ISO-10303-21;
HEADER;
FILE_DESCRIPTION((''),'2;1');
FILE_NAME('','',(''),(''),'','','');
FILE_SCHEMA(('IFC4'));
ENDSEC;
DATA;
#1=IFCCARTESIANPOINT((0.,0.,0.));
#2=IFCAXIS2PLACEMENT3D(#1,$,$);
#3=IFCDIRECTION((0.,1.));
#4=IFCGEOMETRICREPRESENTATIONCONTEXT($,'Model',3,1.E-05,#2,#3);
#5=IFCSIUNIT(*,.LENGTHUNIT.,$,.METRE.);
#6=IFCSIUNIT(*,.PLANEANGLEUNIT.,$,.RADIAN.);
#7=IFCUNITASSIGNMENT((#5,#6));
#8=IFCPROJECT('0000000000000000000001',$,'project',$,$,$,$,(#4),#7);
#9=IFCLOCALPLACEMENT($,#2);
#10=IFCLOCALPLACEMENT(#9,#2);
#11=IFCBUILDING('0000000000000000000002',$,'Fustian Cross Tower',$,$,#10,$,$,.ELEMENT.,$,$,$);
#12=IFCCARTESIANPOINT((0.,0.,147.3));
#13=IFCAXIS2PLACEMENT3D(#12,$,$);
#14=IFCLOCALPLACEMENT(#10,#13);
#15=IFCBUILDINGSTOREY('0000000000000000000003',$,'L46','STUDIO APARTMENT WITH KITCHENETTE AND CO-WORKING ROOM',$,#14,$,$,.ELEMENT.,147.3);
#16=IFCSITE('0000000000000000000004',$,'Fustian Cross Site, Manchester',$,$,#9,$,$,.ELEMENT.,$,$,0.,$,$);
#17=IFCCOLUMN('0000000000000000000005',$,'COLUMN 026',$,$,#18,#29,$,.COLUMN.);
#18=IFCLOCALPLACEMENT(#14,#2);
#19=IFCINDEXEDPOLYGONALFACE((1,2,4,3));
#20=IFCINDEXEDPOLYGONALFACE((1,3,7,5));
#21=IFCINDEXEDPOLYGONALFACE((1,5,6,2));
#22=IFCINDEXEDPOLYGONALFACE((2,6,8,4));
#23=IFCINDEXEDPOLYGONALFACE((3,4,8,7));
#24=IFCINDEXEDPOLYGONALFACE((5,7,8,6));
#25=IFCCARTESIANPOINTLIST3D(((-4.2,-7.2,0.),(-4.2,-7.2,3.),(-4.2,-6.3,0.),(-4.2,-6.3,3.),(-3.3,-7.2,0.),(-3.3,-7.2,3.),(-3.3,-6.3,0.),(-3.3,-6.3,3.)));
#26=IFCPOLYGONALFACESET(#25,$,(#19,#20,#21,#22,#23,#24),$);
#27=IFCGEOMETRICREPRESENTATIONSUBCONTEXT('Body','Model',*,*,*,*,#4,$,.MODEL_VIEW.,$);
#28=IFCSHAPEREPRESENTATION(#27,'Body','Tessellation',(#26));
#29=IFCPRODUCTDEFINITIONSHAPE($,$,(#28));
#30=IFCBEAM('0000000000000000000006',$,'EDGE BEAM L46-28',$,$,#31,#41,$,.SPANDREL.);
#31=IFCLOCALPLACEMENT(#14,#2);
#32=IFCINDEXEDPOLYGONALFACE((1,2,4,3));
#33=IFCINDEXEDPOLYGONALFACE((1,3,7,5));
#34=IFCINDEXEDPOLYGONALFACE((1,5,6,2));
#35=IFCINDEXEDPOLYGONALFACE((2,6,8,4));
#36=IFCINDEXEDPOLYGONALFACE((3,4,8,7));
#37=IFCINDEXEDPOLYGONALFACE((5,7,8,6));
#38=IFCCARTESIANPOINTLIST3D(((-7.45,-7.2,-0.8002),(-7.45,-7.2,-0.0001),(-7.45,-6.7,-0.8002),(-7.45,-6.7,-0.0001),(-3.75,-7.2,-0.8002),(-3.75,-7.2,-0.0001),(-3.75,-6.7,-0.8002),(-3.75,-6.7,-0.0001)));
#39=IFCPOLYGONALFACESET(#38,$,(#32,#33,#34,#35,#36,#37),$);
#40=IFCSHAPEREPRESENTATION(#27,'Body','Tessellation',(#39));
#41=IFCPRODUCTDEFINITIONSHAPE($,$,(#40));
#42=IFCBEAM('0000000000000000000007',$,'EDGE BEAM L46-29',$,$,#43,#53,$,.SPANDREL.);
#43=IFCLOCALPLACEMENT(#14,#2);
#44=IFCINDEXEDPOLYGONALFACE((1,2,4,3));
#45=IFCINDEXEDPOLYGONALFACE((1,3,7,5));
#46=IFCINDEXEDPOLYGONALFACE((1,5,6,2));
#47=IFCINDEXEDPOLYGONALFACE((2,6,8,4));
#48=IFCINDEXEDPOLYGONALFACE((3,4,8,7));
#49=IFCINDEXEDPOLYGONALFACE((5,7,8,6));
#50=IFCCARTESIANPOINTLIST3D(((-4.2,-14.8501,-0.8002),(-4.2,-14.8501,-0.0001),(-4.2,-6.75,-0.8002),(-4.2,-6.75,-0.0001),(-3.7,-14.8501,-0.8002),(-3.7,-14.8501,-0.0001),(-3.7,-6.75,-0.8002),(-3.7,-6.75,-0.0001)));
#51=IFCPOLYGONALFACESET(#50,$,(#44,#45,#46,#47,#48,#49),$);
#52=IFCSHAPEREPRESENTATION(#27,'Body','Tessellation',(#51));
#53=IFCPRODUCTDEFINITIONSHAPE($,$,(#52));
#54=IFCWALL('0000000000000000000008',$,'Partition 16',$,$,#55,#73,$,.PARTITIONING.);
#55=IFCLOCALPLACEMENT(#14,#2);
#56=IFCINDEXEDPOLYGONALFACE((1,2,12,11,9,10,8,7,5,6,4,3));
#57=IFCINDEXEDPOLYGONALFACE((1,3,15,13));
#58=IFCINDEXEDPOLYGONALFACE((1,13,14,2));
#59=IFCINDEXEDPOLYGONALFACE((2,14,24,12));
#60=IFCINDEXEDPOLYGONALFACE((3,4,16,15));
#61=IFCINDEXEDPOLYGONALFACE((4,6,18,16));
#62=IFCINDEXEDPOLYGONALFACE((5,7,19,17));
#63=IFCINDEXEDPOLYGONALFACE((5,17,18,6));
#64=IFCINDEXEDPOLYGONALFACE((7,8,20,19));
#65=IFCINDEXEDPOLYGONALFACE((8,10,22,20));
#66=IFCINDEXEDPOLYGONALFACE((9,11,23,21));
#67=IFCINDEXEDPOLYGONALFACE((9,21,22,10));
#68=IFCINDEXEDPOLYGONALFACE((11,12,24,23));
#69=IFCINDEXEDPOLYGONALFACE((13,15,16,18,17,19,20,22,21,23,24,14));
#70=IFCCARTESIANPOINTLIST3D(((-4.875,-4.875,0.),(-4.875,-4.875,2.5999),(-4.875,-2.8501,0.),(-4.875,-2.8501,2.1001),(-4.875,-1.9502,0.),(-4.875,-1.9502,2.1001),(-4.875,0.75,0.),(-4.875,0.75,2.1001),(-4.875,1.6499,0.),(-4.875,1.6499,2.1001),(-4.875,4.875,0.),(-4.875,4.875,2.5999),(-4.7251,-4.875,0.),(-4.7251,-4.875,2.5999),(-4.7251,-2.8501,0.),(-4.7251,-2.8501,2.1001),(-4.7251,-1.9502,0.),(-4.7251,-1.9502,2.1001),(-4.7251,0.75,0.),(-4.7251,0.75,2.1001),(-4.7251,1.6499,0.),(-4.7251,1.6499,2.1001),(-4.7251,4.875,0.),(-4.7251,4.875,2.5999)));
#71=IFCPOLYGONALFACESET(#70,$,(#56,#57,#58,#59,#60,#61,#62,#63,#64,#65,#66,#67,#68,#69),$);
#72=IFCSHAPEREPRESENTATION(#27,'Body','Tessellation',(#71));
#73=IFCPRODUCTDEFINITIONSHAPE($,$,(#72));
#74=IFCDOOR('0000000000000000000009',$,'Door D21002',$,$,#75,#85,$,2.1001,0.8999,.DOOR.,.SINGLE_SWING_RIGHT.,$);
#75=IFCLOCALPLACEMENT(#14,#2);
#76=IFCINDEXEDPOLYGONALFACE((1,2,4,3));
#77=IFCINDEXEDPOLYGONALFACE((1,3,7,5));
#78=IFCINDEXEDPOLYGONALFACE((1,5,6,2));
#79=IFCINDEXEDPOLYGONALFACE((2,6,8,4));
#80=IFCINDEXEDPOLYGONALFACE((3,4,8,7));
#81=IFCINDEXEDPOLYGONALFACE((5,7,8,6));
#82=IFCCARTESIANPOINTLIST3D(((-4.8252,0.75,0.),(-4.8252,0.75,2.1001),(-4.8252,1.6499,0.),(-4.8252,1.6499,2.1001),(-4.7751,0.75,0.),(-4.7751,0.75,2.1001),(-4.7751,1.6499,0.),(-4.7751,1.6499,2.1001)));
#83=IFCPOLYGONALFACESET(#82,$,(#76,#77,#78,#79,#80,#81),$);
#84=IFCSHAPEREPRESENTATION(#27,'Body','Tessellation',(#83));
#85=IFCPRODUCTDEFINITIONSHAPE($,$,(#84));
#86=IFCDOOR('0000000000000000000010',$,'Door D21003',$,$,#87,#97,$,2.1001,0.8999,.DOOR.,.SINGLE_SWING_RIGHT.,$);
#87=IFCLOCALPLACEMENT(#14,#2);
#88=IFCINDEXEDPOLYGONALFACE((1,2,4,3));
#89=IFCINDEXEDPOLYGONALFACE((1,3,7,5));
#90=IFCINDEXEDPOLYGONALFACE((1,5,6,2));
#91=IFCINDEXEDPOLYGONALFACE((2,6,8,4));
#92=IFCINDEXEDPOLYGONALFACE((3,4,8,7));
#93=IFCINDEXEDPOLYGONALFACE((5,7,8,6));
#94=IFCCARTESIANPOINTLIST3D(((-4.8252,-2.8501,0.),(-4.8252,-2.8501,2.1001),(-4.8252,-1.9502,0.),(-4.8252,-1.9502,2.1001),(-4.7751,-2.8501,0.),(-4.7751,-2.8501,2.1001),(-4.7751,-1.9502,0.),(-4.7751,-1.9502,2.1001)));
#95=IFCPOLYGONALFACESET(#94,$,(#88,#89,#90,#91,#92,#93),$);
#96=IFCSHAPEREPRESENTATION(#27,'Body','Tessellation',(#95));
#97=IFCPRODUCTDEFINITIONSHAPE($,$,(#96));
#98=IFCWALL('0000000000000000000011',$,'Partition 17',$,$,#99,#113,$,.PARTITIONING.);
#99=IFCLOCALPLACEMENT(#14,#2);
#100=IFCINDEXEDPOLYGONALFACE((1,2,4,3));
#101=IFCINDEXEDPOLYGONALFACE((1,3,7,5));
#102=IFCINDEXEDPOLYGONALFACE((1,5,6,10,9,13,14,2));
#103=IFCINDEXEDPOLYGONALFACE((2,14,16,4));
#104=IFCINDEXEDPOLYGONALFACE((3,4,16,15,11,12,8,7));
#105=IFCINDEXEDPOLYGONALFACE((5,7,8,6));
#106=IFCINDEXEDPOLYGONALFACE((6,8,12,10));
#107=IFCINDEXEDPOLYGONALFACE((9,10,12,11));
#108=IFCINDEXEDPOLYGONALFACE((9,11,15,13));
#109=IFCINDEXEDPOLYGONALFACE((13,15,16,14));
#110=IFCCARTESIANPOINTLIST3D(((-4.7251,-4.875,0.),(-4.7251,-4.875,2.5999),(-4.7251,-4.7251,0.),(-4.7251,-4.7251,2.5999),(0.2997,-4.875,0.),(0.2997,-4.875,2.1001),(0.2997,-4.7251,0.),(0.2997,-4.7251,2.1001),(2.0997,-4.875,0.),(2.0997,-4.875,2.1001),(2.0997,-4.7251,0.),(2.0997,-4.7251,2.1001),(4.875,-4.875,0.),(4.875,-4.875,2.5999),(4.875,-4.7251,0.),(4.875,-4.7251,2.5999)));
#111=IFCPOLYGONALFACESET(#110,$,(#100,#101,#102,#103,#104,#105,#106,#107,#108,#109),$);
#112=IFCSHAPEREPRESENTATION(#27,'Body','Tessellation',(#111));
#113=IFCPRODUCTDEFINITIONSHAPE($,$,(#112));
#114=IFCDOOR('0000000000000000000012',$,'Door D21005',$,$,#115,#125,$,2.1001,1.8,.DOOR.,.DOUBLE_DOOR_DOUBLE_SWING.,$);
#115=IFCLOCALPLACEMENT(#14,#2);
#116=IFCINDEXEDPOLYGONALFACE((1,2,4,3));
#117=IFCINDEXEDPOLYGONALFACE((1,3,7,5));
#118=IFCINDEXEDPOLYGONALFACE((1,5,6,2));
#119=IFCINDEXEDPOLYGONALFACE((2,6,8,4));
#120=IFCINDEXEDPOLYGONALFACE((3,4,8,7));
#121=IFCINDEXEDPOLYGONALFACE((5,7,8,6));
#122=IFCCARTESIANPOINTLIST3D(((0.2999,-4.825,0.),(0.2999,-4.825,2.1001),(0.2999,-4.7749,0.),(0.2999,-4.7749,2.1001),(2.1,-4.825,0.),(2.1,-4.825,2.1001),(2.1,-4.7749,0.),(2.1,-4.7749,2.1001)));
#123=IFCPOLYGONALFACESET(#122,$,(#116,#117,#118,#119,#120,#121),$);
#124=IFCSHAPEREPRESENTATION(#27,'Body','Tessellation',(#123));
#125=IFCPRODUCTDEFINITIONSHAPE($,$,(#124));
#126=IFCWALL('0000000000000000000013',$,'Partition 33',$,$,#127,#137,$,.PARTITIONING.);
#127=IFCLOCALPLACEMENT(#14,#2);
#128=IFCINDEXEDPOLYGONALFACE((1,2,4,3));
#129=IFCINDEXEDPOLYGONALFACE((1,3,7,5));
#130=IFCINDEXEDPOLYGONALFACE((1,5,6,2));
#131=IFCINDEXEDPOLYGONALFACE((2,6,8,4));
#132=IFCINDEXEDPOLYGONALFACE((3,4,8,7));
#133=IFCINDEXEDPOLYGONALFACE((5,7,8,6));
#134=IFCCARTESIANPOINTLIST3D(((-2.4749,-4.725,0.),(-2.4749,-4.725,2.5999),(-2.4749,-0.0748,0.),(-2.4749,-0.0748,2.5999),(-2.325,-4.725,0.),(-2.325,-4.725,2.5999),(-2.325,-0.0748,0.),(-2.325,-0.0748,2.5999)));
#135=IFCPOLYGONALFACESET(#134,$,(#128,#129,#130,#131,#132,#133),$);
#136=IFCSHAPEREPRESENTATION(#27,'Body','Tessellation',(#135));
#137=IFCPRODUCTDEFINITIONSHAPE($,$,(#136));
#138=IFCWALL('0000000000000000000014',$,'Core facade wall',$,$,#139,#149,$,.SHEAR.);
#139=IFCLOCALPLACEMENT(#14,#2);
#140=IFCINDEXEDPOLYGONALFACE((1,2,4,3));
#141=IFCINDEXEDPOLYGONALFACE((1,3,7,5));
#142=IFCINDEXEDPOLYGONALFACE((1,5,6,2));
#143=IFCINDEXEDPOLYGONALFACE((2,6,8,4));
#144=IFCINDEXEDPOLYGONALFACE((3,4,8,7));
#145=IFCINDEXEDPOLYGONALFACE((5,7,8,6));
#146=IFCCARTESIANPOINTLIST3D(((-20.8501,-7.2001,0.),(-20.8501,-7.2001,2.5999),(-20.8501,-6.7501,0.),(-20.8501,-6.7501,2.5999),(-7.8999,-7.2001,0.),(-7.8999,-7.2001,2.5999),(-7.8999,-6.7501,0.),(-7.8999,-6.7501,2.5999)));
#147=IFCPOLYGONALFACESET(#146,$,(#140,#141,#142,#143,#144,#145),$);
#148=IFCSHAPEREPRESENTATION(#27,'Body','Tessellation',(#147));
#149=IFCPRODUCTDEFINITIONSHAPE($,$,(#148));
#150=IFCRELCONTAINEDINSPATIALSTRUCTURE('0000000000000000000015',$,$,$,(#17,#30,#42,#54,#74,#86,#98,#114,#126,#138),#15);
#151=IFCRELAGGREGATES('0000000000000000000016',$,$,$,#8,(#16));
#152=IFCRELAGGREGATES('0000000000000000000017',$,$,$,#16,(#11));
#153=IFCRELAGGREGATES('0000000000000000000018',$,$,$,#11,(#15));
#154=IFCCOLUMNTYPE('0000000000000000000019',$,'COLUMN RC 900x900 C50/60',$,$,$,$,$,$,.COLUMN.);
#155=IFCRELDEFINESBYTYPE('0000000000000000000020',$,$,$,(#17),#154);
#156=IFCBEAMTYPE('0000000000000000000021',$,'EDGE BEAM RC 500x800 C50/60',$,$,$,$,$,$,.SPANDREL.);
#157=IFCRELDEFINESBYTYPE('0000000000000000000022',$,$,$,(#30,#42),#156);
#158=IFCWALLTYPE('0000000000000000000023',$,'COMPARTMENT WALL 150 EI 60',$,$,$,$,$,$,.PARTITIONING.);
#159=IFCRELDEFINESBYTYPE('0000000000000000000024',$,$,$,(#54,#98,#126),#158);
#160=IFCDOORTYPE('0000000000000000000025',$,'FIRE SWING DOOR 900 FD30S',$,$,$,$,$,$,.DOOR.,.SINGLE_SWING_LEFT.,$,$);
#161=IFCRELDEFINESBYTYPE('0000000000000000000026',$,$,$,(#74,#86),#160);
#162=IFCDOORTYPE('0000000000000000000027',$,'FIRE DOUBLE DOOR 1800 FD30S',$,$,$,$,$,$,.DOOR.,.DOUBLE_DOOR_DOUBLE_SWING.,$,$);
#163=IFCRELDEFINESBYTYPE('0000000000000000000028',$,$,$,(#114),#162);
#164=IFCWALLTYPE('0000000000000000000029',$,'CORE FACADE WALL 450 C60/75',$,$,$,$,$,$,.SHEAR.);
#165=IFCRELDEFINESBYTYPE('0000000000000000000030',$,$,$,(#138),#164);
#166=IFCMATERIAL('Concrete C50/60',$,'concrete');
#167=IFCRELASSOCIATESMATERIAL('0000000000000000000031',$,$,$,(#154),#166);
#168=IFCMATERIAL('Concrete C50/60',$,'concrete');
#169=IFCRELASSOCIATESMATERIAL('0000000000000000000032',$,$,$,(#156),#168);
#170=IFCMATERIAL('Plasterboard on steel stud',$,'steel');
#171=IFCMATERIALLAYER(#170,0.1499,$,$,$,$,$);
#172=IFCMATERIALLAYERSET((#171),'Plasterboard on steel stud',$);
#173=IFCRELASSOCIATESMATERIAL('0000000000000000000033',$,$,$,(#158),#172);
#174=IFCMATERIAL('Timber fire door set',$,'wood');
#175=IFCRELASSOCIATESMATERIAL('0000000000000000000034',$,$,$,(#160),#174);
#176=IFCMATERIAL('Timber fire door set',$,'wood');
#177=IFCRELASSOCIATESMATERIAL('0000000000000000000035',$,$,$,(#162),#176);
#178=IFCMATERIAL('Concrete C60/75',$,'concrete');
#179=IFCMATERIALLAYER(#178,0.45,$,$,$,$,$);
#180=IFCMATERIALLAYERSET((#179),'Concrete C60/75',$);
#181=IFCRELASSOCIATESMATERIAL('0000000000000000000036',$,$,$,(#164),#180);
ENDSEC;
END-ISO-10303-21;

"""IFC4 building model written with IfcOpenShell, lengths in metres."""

from ifc_helpers import new_model, si_unit, direction, frame, frame_2d, origin, origin_2d, place, context, subcontext, project, spatial, rectangle, extrude, material, layer, layer_set, material_profile, profile_set, type_object, element, fill, save


model = new_model("IFC4")

# Units and contexts
model_context = context("Model", 3, precision=1e-05, world=origin(), true_north=direction((0.0, 1.0)))
body_context = subcontext(model_context, "Body", "Model", "MODEL_VIEW")
ifc_project = project(units=[si_unit("LENGTHUNIT", "METRE"), si_unit("PLANEANGLEUNIT", "RADIAN")], contexts=[model_context])

# Site, building, storey
site_placement = place(None, origin())
site = spatial("IfcSite", under=ifc_project, at=site_placement, Name="Fustian Cross Site, Manchester", CompositionType="ELEMENT", RefElevation=0.0)
building_placement = place(site_placement, origin())
building = spatial("IfcBuilding", under=site, at=building_placement, Name="Fustian Cross Tower", CompositionType="ELEMENT")
storey_placement = place(building_placement, frame((0.0, 0.0, 147.3)))
storey = spatial("IfcBuildingStorey", under=building, at=storey_placement, Name="L46", Description="STUDIO APARTMENT WITH KITCHENETTE AND CO-WORKING ROOM", CompositionType="ELEMENT", Elevation=147.3)

# Column
ifc_material_1 = material(Name="Concrete C50/60", Category="concrete")
ifc_material_profile_1 = material_profile(ifc_material_1, rectangle(XDim=0.8999, YDim=0.8999, at=origin_2d()), Name="RC 900x900")
ifc_profile_set_1 = profile_set([ifc_material_profile_1], Name="Concrete C50/60")
column_type = type_object("IfcColumnType", Name="COLUMN RC 900x900 C50/60", PredefinedType="COLUMN", material=ifc_profile_set_1)
column_placement = place(storey_placement, frame((-3.75, -6.75, 0.0), z_axis=(0.0, 0.0, 1.0), x_axis=(1.0, 0.0, 0.0)))
element("IfcColumn", 1, at=column_placement, inside=storey, type_object=column_type, Name="COLUMN 026", PredefinedType="COLUMN", context=body_context, shape_type="SweptSolid", body=[
    extrude(rectangle(XDim=0.8999, YDim=0.8999, at=origin_2d()), origin(), (0.0, 0.0, 1.0), 3.0),
])

# Beams
ifc_material_2 = material(Name="Concrete C50/60", Category="concrete")
ifc_material_profile_2 = material_profile(ifc_material_2, rectangle(XDim=0.5, YDim=0.8, at=origin_2d()), Name="RC 500x800")
ifc_profile_set_2 = profile_set([ifc_material_profile_2], Name="Concrete C50/60")
beam_type = type_object("IfcBeamType", Name="EDGE BEAM RC 500x800 C50/60", PredefinedType="SPANDREL", material=ifc_profile_set_2)
beam_1_placement = place(storey_placement, frame((-7.45, -6.95, -0.4001), z_axis=(1.0, 0.0, 0.0), x_axis=(0.0, 1.0, 0.0)))
element("IfcBeam", 2, at=beam_1_placement, inside=storey, type_object=beam_type, Name="EDGE BEAM L46-28", PredefinedType="SPANDREL", context=body_context, shape_type="SweptSolid", body=[
    extrude(rectangle(XDim=0.5, YDim=0.8, at=origin_2d()), origin(), (0.0, 0.0, 1.0), 3.7),
])
beam_2_placement = place(storey_placement, frame((-3.95, -6.75, -0.4001), z_axis=(0.0, -1.0, 0.0), x_axis=(1.0, 0.0, 0.0)))
element("IfcBeam", 3, at=beam_2_placement, inside=storey, type_object=beam_type, Name="EDGE BEAM L46-29", PredefinedType="SPANDREL", context=body_context, shape_type="SweptSolid", body=[
    extrude(rectangle(XDim=0.5, YDim=0.8, at=origin_2d()), origin(), (0.0, 0.0, 1.0), 8.1001),
])

# Wall, openings, doors
ifc_material_3 = material(Name="Plasterboard on steel stud", Category="steel")
ifc_layer_1 = layer(ifc_material_3, 0.1499)
ifc_layer_set_1 = layer_set([ifc_layer_1], Name="Plasterboard on steel stud")
wall_type_1 = type_object("IfcWallType", Name="COMPARTMENT WALL 150 EI 60", PredefinedType="PARTITIONING", material=ifc_layer_set_1)
wall_1_placement = place(storey_placement, frame((-4.8, -4.875, 0.0), z_axis=(0.0, 0.0, 1.0), x_axis=(0.0, 1.0, 0.0)))
wall_1 = element("IfcWall", 4, at=wall_1_placement, inside=storey, type_object=wall_type_1, Name="Partition 16", PredefinedType="PARTITIONING", context=body_context, shape_type="SweptSolid", body=[
    extrude(rectangle(XDim=9.75, YDim=0.1499, at=frame_2d((4.875, 0.0))), origin(), (0.0, 0.0, 1.0), 2.5999),
])
opening_1_placement = place(wall_1_placement, frame((5.625, 0.0, 0.0)))
opening_1 = element("IfcOpeningElement", 5, at=opening_1_placement, cuts=wall_1, PredefinedType="OPENING", context=body_context, shape_type="SweptSolid", body=[
    extrude(rectangle(XDim=0.8999, YDim=2.1001, at=frame_2d((0.45, 1.05))), frame((0.0, 0.085, 0.0), z_axis=(0.0, -1.0, 0.0), x_axis=(1.0, 0.0, 0.0)), (0.0, 0.0, 1.0), 0.1699),
])
opening_2_placement = place(wall_1_placement, frame((2.0249, 0.0, 0.0)))
opening_2 = element("IfcOpeningElement", 6, at=opening_2_placement, cuts=wall_1, PredefinedType="OPENING", context=body_context, shape_type="SweptSolid", body=[
    extrude(rectangle(XDim=0.8999, YDim=2.1001, at=frame_2d((0.45, 1.05))), frame((0.0, 0.085, 0.0), z_axis=(0.0, -1.0, 0.0), x_axis=(1.0, 0.0, 0.0)), (0.0, 0.0, 1.0), 0.1699),
])
ifc_material_4 = material(Name="Timber fire door set", Category="wood")
door_type_1 = type_object("IfcDoorType", Name="FIRE SWING DOOR 900 FD30S", OperationType="SINGLE_SWING_LEFT", PredefinedType="DOOR", material=ifc_material_4)
door_1_placement = place(opening_1_placement, frame((0.8999, 0.0, 0.0), z_axis=(0.0, 0.0, 1.0), x_axis=(-1.0, 0.0, 0.0)))
door_1 = element("IfcDoor", 7, at=door_1_placement, inside=storey, type_object=door_type_1, Name="Door D21002", OperationType="SINGLE_SWING_RIGHT", OverallHeight=2.1001, OverallWidth=0.8999, PredefinedType="DOOR", context=body_context, shape_type="SweptSolid", body=[
    extrude(rectangle(XDim=0.8999, YDim=2.1001, at=frame_2d((0.45, 1.05))), frame((0.0, 0.0249, 0.0), z_axis=(0.0, -1.0, 0.0), x_axis=(1.0, 0.0, 0.0)), (0.0, 0.0, 1.0), 0.05),
])
fill(opening_1, door_1)
door_2_placement = place(opening_2_placement, frame((0.8999, 0.0, 0.0), z_axis=(0.0, 0.0, 1.0), x_axis=(-1.0, 0.0, 0.0)))
door_2 = element("IfcDoor", 8, at=door_2_placement, inside=storey, type_object=door_type_1, Name="Door D21003", OperationType="SINGLE_SWING_RIGHT", OverallHeight=2.1001, OverallWidth=0.8999, PredefinedType="DOOR", context=body_context, shape_type="SweptSolid", body=[
    extrude(rectangle(XDim=0.8999, YDim=2.1001, at=frame_2d((0.45, 1.05))), frame((0.0, 0.0249, 0.0), z_axis=(0.0, -1.0, 0.0), x_axis=(1.0, 0.0, 0.0)), (0.0, 0.0, 1.0), 0.05),
])
fill(opening_2, door_2)

# Wall, opening, door
wall_2_placement = place(storey_placement, frame((-4.7251, -4.8, 0.0), z_axis=(0.0, 0.0, 1.0), x_axis=(1.0, 0.0, 0.0)))
wall_2 = element("IfcWall", 9, at=wall_2_placement, inside=storey, type_object=wall_type_1, Name="Partition 17", PredefinedType="PARTITIONING", context=body_context, shape_type="SweptSolid", body=[
    extrude(rectangle(XDim=9.6001, YDim=0.1499, at=frame_2d((4.8, 0.0))), origin(), (0.0, 0.0, 1.0), 2.5999),
])
opening_3_placement = place(wall_2_placement, frame((5.0249, 0.0, 0.0)))
opening_3 = element("IfcOpeningElement", 10, at=opening_3_placement, cuts=wall_2, PredefinedType="OPENING", context=body_context, shape_type="SweptSolid", body=[
    extrude(rectangle(XDim=1.8, YDim=2.1001, at=frame_2d((0.8999, 1.05))), frame((0.0, 0.085, 0.0), z_axis=(0.0, -1.0, 0.0), x_axis=(1.0, 0.0, 0.0)), (0.0, 0.0, 1.0), 0.1699),
])
ifc_material_5 = material(Name="Timber fire door set", Category="wood")
door_type_2 = type_object("IfcDoorType", Name="FIRE DOUBLE DOOR 1800 FD30S", OperationType="DOUBLE_DOOR_DOUBLE_SWING", PredefinedType="DOOR", material=ifc_material_5)
door_3_placement = place(opening_3_placement, frame((1.8, 0.0, 0.0), z_axis=(0.0, 0.0, 1.0), x_axis=(-1.0, 0.0, 0.0)))
door_3 = element("IfcDoor", 11, at=door_3_placement, inside=storey, type_object=door_type_2, Name="Door D21005", OperationType="DOUBLE_DOOR_DOUBLE_SWING", OverallHeight=2.1001, OverallWidth=1.8, PredefinedType="DOOR", context=body_context, shape_type="SweptSolid", body=[
    extrude(rectangle(XDim=1.8, YDim=2.1001, at=frame_2d((0.8999, 1.05))), frame((0.0, 0.0249, 0.0), z_axis=(0.0, -1.0, 0.0), x_axis=(1.0, 0.0, 0.0)), (0.0, 0.0, 1.0), 0.05),
])
fill(opening_3, door_3)

# Walls
wall_3_placement = place(storey_placement, frame((-2.3999, -4.7251, 0.0), z_axis=(0.0, 0.0, 1.0), x_axis=(0.0, 1.0, 0.0)))
element("IfcWall", 12, at=wall_3_placement, inside=storey, type_object=wall_type_1, Name="Partition 33", PredefinedType="PARTITIONING", context=body_context, shape_type="SweptSolid", body=[
    extrude(rectangle(XDim=4.6501, YDim=0.1499, at=frame_2d((2.3252, 0.0))), origin(), (0.0, 0.0, 1.0), 2.5999),
])
ifc_material_6 = material(Name="Concrete C60/75", Category="concrete")
ifc_layer_2 = layer(ifc_material_6, 0.45)
ifc_layer_set_2 = layer_set([ifc_layer_2], Name="Concrete C60/75")
wall_type_2 = type_object("IfcWallType", Name="CORE FACADE WALL 450 C60/75", PredefinedType="SHEAR", material=ifc_layer_set_2)
wall_4_placement = place(storey_placement, frame((-7.8999, -6.9751, 0.0), z_axis=(0.0, 0.0, 1.0), x_axis=(-1.0, 0.0, 0.0)))
element("IfcWall", 13, at=wall_4_placement, inside=storey, type_object=wall_type_2, Name="Core facade wall", PredefinedType="SHEAR", context=body_context, shape_type="SweptSolid", body=[
    extrude(rectangle(XDim=12.9502, YDim=0.45, at=frame_2d((6.4751, 0.0))), origin(), (0.0, 0.0, 1.0), 2.5999),
])

save(model, "model.ifc")
